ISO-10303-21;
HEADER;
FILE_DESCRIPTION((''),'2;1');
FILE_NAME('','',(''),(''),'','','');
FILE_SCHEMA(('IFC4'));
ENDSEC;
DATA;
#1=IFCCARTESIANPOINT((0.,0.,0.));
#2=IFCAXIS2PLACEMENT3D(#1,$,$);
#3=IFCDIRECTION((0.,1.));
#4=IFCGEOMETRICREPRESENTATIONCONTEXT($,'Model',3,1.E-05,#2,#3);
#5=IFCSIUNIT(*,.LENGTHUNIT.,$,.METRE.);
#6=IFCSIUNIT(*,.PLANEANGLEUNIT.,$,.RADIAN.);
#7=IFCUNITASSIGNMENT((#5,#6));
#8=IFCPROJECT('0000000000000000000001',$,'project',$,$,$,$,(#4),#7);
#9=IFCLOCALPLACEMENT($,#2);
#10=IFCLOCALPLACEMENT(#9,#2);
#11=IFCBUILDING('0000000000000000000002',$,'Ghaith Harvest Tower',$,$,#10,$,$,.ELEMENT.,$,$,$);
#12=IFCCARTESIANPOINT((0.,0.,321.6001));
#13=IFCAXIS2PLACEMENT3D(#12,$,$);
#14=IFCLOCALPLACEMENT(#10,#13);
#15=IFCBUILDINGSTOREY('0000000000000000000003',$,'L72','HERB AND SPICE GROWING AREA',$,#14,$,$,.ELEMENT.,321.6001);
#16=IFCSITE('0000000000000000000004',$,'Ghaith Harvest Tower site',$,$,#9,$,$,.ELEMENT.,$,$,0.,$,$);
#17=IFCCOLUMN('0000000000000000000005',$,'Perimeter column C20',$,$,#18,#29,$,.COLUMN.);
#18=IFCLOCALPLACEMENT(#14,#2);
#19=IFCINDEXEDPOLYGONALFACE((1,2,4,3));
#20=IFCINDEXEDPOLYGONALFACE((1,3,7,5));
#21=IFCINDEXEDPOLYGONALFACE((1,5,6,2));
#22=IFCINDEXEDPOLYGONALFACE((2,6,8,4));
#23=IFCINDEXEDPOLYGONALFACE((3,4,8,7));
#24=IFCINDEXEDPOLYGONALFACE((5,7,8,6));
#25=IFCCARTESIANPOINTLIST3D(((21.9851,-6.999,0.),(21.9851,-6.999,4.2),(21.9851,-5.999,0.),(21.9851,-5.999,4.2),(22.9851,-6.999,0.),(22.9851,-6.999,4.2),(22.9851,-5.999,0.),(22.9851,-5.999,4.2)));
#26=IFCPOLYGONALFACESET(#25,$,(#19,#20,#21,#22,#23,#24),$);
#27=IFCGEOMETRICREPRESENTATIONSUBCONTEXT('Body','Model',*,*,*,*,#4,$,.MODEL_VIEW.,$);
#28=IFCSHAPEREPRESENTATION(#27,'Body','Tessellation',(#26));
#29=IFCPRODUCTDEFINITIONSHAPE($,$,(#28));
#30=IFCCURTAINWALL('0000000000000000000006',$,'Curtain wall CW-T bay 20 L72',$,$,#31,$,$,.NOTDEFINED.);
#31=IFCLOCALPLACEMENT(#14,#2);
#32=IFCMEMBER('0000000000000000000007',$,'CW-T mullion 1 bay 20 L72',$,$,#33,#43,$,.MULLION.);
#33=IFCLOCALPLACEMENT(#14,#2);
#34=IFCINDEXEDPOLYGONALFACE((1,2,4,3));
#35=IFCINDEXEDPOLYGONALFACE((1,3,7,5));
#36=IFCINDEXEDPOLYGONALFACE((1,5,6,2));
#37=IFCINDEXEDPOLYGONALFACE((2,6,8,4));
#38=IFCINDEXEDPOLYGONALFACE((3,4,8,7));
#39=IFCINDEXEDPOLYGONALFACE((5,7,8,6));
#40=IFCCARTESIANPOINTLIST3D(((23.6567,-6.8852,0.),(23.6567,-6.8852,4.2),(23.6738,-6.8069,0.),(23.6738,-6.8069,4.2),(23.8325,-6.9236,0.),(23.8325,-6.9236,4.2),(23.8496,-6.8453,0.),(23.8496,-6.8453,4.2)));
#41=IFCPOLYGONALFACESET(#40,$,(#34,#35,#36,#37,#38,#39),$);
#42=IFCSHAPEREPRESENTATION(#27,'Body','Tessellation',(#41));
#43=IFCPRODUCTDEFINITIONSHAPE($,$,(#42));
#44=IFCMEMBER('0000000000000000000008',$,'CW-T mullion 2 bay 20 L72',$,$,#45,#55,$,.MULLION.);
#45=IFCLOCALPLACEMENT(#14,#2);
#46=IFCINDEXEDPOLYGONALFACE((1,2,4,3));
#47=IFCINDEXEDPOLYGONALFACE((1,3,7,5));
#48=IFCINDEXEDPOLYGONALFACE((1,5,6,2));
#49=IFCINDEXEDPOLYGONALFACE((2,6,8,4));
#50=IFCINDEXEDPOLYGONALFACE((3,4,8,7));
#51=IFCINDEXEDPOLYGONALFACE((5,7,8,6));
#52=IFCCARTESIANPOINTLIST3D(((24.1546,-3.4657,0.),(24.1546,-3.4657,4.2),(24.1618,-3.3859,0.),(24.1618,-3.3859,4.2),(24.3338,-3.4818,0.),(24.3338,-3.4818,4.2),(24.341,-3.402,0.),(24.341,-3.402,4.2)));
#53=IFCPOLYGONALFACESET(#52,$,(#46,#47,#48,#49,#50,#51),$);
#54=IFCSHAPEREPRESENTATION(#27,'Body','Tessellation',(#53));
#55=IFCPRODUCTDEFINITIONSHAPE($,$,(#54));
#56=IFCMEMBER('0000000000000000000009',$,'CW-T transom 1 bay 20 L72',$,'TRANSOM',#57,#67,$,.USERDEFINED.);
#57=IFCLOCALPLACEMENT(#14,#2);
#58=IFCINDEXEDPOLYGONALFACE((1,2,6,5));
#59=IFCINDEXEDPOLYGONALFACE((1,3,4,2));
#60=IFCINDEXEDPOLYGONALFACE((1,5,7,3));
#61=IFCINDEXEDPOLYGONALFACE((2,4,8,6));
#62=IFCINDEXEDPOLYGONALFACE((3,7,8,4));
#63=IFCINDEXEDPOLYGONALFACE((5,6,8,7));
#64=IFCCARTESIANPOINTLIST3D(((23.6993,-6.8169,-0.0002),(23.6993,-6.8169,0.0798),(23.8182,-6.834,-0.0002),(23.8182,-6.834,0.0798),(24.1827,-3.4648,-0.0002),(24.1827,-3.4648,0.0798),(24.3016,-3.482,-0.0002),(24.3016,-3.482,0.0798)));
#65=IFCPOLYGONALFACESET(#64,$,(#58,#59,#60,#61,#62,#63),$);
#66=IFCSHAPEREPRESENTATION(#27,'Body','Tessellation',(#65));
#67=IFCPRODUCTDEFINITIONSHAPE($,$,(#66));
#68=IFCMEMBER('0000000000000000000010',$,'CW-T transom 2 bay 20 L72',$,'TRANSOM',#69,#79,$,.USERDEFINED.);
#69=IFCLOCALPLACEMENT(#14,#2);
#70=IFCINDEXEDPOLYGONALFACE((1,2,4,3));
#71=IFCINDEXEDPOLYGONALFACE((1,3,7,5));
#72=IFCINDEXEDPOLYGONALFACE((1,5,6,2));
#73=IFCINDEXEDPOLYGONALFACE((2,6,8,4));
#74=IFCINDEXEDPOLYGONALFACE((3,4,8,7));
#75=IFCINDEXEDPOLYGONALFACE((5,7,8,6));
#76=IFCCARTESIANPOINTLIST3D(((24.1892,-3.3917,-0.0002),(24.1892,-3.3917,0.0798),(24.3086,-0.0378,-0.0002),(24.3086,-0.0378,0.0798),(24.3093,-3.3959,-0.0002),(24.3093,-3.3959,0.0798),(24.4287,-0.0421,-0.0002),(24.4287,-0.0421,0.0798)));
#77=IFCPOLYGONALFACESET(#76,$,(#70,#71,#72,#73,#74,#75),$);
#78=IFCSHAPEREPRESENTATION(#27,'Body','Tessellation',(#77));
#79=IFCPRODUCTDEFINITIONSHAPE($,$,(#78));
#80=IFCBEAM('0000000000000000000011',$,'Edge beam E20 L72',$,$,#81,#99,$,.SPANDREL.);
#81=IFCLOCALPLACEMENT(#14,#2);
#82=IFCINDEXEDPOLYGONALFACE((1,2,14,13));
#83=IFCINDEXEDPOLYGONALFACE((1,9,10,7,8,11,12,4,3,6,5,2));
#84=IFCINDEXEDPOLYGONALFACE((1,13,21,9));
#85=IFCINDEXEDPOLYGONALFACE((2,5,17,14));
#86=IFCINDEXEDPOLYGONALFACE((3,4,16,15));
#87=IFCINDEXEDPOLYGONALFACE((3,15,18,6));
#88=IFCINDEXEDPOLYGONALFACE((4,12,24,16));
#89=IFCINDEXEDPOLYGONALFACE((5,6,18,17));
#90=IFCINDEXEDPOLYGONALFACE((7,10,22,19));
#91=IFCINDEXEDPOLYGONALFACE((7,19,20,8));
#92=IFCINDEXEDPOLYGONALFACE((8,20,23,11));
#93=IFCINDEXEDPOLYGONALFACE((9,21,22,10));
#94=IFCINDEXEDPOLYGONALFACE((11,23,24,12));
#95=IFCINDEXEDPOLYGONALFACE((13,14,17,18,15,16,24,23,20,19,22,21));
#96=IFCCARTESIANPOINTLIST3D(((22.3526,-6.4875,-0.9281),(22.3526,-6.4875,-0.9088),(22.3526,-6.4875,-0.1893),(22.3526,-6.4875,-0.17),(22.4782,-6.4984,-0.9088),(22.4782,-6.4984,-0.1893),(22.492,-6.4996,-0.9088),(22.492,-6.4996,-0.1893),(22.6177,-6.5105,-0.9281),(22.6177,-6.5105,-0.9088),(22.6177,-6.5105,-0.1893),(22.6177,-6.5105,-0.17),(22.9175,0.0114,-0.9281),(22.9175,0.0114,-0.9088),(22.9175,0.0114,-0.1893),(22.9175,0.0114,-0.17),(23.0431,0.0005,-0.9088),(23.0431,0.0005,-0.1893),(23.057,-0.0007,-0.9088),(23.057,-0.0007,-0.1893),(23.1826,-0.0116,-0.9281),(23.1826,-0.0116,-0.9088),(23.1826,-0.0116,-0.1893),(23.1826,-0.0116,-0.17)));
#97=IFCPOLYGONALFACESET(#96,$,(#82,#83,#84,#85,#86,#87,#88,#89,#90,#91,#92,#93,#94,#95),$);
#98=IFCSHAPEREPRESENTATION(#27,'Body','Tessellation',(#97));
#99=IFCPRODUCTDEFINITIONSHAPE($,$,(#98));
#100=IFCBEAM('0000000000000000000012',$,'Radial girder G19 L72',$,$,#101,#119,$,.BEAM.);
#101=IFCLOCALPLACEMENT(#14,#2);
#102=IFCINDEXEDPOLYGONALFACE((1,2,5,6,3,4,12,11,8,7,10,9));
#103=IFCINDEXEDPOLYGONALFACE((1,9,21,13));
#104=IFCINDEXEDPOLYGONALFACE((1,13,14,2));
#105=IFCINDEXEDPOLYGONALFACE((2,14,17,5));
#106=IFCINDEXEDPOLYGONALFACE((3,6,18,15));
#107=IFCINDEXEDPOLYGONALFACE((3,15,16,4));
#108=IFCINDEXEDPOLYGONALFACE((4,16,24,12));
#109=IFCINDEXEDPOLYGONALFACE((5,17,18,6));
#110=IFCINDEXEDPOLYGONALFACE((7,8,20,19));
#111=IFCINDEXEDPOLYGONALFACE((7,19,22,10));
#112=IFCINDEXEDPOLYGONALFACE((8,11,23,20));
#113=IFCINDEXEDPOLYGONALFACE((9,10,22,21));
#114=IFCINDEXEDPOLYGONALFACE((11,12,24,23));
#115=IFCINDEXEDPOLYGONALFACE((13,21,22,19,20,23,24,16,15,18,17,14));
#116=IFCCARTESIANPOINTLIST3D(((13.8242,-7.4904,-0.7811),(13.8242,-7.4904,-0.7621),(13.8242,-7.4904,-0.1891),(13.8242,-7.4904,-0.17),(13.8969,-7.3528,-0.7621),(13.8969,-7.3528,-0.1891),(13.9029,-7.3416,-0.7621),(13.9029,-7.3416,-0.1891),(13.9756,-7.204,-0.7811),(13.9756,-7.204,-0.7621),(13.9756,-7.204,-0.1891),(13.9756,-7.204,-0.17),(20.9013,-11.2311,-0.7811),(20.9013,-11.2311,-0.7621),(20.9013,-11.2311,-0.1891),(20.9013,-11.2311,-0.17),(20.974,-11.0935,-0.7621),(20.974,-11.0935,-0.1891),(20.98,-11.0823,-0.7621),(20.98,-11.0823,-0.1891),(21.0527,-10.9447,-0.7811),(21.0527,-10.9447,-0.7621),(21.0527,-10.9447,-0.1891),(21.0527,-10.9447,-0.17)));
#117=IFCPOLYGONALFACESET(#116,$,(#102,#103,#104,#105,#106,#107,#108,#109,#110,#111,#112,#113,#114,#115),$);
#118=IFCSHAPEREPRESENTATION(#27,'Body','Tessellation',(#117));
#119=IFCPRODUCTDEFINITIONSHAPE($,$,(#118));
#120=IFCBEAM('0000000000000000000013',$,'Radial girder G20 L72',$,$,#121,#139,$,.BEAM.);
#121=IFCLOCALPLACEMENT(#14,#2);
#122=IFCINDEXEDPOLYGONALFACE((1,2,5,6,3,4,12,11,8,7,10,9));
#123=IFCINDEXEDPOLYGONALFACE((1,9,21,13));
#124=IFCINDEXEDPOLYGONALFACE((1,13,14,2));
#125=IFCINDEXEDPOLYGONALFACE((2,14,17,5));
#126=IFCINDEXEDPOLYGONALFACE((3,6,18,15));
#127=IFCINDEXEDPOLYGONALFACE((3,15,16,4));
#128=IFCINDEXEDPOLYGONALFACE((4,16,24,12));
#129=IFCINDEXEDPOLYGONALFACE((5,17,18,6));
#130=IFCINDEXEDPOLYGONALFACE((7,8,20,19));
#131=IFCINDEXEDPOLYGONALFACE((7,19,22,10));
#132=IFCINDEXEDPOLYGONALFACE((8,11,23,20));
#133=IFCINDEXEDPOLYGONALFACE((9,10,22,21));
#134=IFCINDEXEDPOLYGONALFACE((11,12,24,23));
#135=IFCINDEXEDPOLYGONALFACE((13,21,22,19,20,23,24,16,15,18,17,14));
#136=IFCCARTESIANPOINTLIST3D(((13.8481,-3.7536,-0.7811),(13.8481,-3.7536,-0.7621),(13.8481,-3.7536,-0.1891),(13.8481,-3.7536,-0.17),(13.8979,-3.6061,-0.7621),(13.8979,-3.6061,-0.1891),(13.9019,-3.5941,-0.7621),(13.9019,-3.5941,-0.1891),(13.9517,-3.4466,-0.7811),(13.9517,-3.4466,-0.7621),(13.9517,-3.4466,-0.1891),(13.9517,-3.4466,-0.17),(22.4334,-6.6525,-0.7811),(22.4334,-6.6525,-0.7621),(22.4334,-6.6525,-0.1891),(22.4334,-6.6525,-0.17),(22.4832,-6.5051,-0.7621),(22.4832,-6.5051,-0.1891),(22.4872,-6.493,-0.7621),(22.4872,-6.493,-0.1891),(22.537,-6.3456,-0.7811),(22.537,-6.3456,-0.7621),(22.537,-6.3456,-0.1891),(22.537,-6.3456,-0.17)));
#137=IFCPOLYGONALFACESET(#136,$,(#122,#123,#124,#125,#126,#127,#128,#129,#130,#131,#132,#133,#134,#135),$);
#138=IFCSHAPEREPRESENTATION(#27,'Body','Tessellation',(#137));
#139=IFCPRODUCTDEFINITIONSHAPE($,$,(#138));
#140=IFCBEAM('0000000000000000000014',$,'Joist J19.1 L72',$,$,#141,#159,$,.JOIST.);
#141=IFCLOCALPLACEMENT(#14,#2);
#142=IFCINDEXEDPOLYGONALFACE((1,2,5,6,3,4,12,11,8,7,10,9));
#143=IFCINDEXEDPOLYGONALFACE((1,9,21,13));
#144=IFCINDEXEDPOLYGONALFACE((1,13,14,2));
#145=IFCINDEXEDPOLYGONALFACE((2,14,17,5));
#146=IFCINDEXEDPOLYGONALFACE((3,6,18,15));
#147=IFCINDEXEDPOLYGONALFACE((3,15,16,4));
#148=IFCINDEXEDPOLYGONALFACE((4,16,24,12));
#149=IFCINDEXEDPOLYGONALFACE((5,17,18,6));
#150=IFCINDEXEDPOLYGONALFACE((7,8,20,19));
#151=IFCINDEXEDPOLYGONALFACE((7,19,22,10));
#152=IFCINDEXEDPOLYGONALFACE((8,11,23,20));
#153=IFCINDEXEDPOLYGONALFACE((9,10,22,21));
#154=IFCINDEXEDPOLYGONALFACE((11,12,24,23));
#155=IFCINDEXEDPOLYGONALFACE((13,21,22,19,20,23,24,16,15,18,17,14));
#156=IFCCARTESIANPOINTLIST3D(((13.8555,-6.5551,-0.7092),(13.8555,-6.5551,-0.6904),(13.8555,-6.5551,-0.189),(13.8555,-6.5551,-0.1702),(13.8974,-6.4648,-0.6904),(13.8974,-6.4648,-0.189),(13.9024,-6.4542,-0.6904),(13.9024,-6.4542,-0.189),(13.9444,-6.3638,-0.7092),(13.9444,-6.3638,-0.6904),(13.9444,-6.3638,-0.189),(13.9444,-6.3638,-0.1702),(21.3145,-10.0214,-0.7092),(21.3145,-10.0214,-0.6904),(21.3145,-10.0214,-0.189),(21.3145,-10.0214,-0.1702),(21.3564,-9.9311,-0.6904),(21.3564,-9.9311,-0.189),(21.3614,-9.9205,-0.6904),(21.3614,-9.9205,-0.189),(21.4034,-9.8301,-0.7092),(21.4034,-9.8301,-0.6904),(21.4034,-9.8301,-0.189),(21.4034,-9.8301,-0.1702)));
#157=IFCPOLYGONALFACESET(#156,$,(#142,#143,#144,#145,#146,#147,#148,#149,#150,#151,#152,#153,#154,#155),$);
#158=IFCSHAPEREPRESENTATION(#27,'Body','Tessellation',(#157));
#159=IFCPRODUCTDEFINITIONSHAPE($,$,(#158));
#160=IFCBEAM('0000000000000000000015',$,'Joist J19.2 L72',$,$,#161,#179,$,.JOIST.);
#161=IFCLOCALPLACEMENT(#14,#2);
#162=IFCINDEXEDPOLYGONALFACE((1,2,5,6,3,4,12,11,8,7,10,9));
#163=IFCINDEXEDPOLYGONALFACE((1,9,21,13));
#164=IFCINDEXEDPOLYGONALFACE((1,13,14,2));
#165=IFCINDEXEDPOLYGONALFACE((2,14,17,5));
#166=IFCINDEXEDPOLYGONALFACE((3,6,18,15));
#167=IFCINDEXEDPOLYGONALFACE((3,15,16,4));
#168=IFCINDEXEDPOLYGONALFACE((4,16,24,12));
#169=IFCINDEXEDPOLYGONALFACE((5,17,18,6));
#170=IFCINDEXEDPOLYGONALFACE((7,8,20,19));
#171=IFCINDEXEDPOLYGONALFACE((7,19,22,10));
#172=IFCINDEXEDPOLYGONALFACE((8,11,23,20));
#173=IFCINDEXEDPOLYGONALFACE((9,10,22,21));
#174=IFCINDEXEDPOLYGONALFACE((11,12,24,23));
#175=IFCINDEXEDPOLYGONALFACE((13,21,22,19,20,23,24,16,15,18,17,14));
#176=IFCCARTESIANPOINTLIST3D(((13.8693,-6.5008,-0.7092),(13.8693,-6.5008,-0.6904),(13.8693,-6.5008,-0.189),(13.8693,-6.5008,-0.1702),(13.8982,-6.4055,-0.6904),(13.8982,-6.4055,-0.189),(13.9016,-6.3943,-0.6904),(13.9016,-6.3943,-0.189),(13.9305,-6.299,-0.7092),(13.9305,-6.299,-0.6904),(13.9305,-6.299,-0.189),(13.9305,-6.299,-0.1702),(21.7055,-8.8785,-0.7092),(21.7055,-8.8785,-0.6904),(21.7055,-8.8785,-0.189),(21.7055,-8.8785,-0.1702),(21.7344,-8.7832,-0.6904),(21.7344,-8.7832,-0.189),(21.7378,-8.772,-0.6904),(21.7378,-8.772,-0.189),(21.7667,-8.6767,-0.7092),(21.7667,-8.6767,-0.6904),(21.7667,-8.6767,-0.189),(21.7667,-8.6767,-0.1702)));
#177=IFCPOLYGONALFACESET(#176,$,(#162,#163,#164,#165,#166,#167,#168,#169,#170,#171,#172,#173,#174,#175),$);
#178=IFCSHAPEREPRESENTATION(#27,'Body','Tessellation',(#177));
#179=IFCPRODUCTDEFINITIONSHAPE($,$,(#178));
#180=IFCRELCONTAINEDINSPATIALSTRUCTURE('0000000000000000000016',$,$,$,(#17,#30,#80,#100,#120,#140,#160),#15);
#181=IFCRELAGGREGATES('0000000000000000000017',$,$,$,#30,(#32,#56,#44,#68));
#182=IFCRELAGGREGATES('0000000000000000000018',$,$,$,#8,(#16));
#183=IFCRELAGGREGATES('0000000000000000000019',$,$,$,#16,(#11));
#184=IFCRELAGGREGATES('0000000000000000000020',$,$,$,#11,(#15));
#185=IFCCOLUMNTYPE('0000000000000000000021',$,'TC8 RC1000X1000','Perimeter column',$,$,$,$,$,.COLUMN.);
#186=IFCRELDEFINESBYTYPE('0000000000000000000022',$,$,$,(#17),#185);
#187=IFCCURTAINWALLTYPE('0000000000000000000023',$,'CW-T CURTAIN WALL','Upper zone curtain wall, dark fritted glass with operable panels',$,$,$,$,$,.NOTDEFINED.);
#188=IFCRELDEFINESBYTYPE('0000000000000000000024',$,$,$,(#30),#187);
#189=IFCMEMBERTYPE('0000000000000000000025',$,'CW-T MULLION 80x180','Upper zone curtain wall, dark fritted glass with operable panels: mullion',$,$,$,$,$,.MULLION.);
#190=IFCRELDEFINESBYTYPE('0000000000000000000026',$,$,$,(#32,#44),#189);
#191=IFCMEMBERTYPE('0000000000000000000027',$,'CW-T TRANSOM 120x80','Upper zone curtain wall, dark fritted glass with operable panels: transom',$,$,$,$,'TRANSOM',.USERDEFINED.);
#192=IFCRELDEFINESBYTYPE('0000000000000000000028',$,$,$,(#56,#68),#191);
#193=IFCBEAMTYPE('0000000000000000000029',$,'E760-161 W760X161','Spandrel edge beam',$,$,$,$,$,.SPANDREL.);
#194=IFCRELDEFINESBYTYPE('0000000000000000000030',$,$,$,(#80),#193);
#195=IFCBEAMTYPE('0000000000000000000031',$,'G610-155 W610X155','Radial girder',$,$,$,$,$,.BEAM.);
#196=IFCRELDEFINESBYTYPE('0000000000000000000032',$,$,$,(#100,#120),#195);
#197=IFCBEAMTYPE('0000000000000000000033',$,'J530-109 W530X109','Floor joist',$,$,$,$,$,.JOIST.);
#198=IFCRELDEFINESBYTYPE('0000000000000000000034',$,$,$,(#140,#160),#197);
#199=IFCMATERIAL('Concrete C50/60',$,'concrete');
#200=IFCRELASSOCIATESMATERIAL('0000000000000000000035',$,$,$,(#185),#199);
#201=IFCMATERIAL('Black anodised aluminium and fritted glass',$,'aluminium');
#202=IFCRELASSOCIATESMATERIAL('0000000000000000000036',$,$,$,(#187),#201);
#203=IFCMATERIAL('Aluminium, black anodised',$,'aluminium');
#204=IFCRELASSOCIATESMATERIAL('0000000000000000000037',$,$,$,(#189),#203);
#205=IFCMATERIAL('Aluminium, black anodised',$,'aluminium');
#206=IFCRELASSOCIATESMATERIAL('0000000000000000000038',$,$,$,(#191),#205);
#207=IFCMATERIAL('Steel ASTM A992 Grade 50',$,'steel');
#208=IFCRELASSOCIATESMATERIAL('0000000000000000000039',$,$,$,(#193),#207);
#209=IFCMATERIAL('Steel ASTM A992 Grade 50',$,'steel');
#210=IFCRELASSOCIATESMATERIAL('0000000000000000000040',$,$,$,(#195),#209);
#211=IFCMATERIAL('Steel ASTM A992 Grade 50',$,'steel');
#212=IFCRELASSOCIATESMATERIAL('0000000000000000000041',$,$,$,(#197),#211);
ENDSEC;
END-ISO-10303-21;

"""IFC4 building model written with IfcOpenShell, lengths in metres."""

from ifc_helpers import new_model, si_unit, direction, frame, origin, origin_2d, place, context, subcontext, project, spatial, rectangle, i_section, extrude, material, material_profile, profile_set, type_object, element, aggregate, save


model = new_model("IFC4")

# Units and contexts
model_context = context("Model", 3, precision=1e-05, world=origin(), true_north=direction((0.0, 1.0)))
body_context = subcontext(model_context, "Body", "Model", "MODEL_VIEW")
ifc_project = project(units=[si_unit("LENGTHUNIT", "METRE"), si_unit("PLANEANGLEUNIT", "RADIAN")], contexts=[model_context])

# Site, building, storey
site_placement = place(None, origin())
site = spatial("IfcSite", under=ifc_project, at=site_placement, Name="Ghaith Harvest Tower site", CompositionType="ELEMENT", RefElevation=0.0)
building_placement = place(site_placement, origin())
building = spatial("IfcBuilding", under=site, at=building_placement, Name="Ghaith Harvest Tower", CompositionType="ELEMENT")
storey_placement = place(building_placement, frame((0.0, 0.0, 321.6001)))
storey = spatial("IfcBuildingStorey", under=building, at=storey_placement, Name="L72", Description="HERB AND SPICE GROWING AREA", CompositionType="ELEMENT", Elevation=321.6001)

# Column
ifc_material_1 = material(Name="Concrete C50/60", Category="concrete")
ifc_material_profile_1 = material_profile(ifc_material_1, rectangle(XDim=1.0, YDim=1.0, at=origin_2d()), Name="RC1000X1000")
ifc_profile_set_1 = profile_set([ifc_material_profile_1], Name="Concrete C50/60")
column_type = type_object("IfcColumnType", Name="TC8 RC1000X1000", Description="Perimeter column", PredefinedType="COLUMN", material=ifc_profile_set_1)
column_placement = place(storey_placement, frame((22.4851, -6.499, 0.0), z_axis=(0.0, 0.0, 1.0), x_axis=(1.0, 0.0, 0.0)))
element("IfcColumn", 1, at=column_placement, inside=storey, type_object=column_type, Name="Perimeter column C20", PredefinedType="COLUMN", context=body_context, shape_type="SweptSolid", body=[
    extrude(rectangle(XDim=1.0, YDim=1.0, at=origin_2d()), origin(), (0.0, 0.0, 1.0), 4.2),
])

# Curtain wall, members
ifc_material_2 = material(Name="Black anodised aluminium and fritted glass", Category="aluminium")
curtain_wall_type = type_object("IfcCurtainWallType", Name="CW-T CURTAIN WALL", Description="Upper zone curtain wall, dark fritted glass with operable panels", PredefinedType="NOTDEFINED", material=ifc_material_2)
curtain_wall_1_placement = place(storey_placement, origin())
curtain_wall_1 = element("IfcCurtainWall", 2, at=curtain_wall_1_placement, inside=storey, type_object=curtain_wall_type, Name="Curtain wall CW-T bay 20 L72", PredefinedType="NOTDEFINED")
ifc_material_3 = material(Name="Aluminium, black anodised", Category="aluminium")
ifc_material_profile_2 = material_profile(ifc_material_3, rectangle(XDim=0.0801, YDim=0.1799, at=origin_2d()), Name="CW-T MULLION 80x180")
ifc_profile_set_2 = profile_set([ifc_material_profile_2], Name="Aluminium, black anodised")
member_type_1 = type_object("IfcMemberType", Name="CW-T MULLION 80x180", Description="Upper zone curtain wall, dark fritted glass with operable panels: mullion", PredefinedType="MULLION", material=ifc_profile_set_2)
member_1_placement = place(storey_placement, frame((23.7532, -6.8652, 0.0), z_axis=(0.0, 0.0, 1.0), x_axis=(0.213402, 0.976964, 0.0)))
member_1 = element("IfcMember", 3, at=member_1_placement, type_object=member_type_1, Name="CW-T mullion 1 bay 20 L72", PredefinedType="MULLION", context=body_context, shape_type="SweptSolid", body=[
    extrude(rectangle(XDim=0.0801, YDim=0.1799, at=origin_2d()), origin(), (0.0, 0.0, 1.0), 4.2),
])
member_2_placement = place(storey_placement, frame((24.2478, -3.4338, 0.0), z_axis=(0.0, 0.0, 1.0), x_axis=(0.089502, 0.995987, 0.0)))
member_2 = element("IfcMember", 4, at=member_2_placement, type_object=member_type_1, Name="CW-T mullion 2 bay 20 L72", PredefinedType="MULLION", context=body_context, shape_type="SweptSolid", body=[
    extrude(rectangle(XDim=0.0801, YDim=0.1799, at=origin_2d()), origin(), (0.0, 0.0, 1.0), 4.2),
])
ifc_material_4 = material(Name="Aluminium, black anodised", Category="aluminium")
ifc_material_profile_3 = material_profile(ifc_material_4, rectangle(XDim=0.1201, YDim=0.0801, at=origin_2d()), Name="CW-T TRANSOM 120x80")
ifc_profile_set_3 = profile_set([ifc_material_profile_3], Name="Aluminium, black anodised")
member_type_2 = type_object("IfcMemberType", Name="CW-T TRANSOM 120x80", Description="Upper zone curtain wall, dark fritted glass with operable panels: transom", ElementType="TRANSOM", PredefinedType="USERDEFINED", material=ifc_profile_set_3)
member_3_placement = place(storey_placement, frame((23.7588, -6.8254, 0.0398), z_axis=(0.142733, 0.989761, 0.0), x_axis=(-0.989761, 0.142733, 0.0)))
member_3 = element("IfcMember", 5, at=member_3_placement, type_object=member_type_2, Name="CW-T transom 1 bay 20 L72", ObjectType="TRANSOM", PredefinedType="USERDEFINED", context=body_context, shape_type="SweptSolid", body=[
    extrude(rectangle(XDim=0.1201, YDim=0.0801, at=origin_2d()), origin(), (0.0, 0.0, 1.0), 3.3867),
])
member_4_placement = place(storey_placement, frame((24.2493, -3.3938, 0.0398), z_axis=(0.035575, 0.999367, 0.0), x_axis=(-0.999367, 0.035575, 0.0)))
member_4 = element("IfcMember", 6, at=member_4_placement, type_object=member_type_2, Name="CW-T transom 2 bay 20 L72", ObjectType="TRANSOM", PredefinedType="USERDEFINED", context=body_context, shape_type="SweptSolid", body=[
    extrude(rectangle(XDim=0.1201, YDim=0.0801, at=origin_2d()), origin(), (0.0, 0.0, 1.0), 3.356),
])

# Beams
ifc_material_5 = material(Name="Steel ASTM A992 Grade 50", Category="steel")
ifc_material_profile_4 = material_profile(ifc_material_5, i_section(OverallWidth=0.2661, OverallDepth=0.7581, WebThickness=0.0139, FlangeThickness=0.0193, at=origin_2d()), Name="W760X161")
ifc_profile_set_4 = profile_set([ifc_material_profile_4], Name="Steel ASTM A992 Grade 50")
beam_type_1 = type_object("IfcBeamType", Name="E760-161 W760X161", Description="Spandrel edge beam", PredefinedType="SPANDREL", material=ifc_profile_set_4)
beam_1_placement = place(storey_placement, frame((22.4851, -6.499, -0.5491), z_axis=(0.086601, 0.996243, 0.0), x_axis=(-0.996243, 0.086601, 0.0)))
element("IfcBeam", 7, at=beam_1_placement, inside=storey, type_object=beam_type_1, Name="Edge beam E20 L72", PredefinedType="SPANDREL", context=body_context, shape_type="SweptSolid", body=[
    extrude(i_section(OverallWidth=0.2661, OverallDepth=0.7581, WebThickness=0.0139, FlangeThickness=0.0193, at=origin_2d()), origin(), (0.0, 0.0, 1.0), 6.5234),
])
ifc_material_6 = material(Name="Steel ASTM A992 Grade 50", Category="steel")
ifc_material_profile_5 = material_profile(ifc_material_6, i_section(OverallWidth=0.324, OverallDepth=0.6111, WebThickness=0.0127, FlangeThickness=0.019, at=origin_2d()), Name="W610X155")
ifc_profile_set_5 = profile_set([ifc_material_profile_5], Name="Steel ASTM A992 Grade 50")
beam_type_2 = type_object("IfcBeamType", Name="G610-155 W610X155", Description="Radial girder", PredefinedType="BEAM", material=ifc_profile_set_5)
beam_2_placement = place(storey_placement, frame((13.8999, -7.3472, -0.4756), z_axis=(0.884098, -0.467302, 0.0), x_axis=(0.467302, 0.884098, 0.0)))
element("IfcBeam", 8, at=beam_2_placement, inside=storey, type_object=beam_type_2, Name="Radial girder G19 L72", PredefinedType="BEAM", context=body_context, shape_type="SweptSolid", body=[
    extrude(i_section(OverallWidth=0.324, OverallDepth=0.6111, WebThickness=0.0127, FlangeThickness=0.019, at=origin_2d()), origin(), (0.0, 0.0, 1.0), 8.0049),
])
beam_3_placement = place(storey_placement, frame((13.8999, -3.6001, -0.4756), z_axis=(0.947445, -0.319919, 0.0), x_axis=(0.319919, 0.947445, 0.0)))
element("IfcBeam", 9, at=beam_3_placement, inside=storey, type_object=beam_type_2, Name="Radial girder G20 L72", PredefinedType="BEAM", context=body_context, shape_type="SweptSolid", body=[
    extrude(i_section(OverallWidth=0.324, OverallDepth=0.6111, WebThickness=0.0127, FlangeThickness=0.019, at=origin_2d()), origin(), (0.0, 0.0, 1.0), 9.0615),
])
ifc_material_7 = material(Name="Steel ASTM A992 Grade 50", Category="steel")
ifc_material_profile_6 = material_profile(ifc_material_7, i_section(OverallWidth=0.2109, OverallDepth=0.5391, WebThickness=0.0117, FlangeThickness=0.0188, at=origin_2d()), Name="W530X109")
ifc_profile_set_6 = profile_set([ifc_material_profile_6], Name="Steel ASTM A992 Grade 50")
beam_type_3 = type_object("IfcBeamType", Name="J530-109 W530X109", Description="Floor joist", PredefinedType="JOIST", material=ifc_profile_set_6)
beam_4_placement = place(storey_placement, frame((13.8999, -6.4595, -0.4397), z_axis=(0.90686, -0.421432, 0.0), x_axis=(0.421432, 0.90686, 0.0)))
element("IfcBeam", 10, at=beam_4_placement, inside=storey, type_object=beam_type_3, Name="Joist J19.1 L72", PredefinedType="JOIST", context=body_context, shape_type="SweptSolid", body=[
    extrude(i_section(OverallWidth=0.2109, OverallDepth=0.5391, WebThickness=0.0117, FlangeThickness=0.0188, at=origin_2d()), origin(), (0.0, 0.0, 1.0), 8.2251),
])
beam_5_placement = place(storey_placement, frame((13.8999, -6.3999, -0.4397), z_axis=(0.95692, -0.290352, 0.0), x_axis=(0.290352, 0.95692, 0.0)))
element("IfcBeam", 11, at=beam_5_placement, inside=storey, type_object=beam_type_3, Name="Joist J19.2 L72", PredefinedType="JOIST", context=body_context, shape_type="SweptSolid", body=[
    extrude(i_section(OverallWidth=0.2109, OverallDepth=0.5391, WebThickness=0.0117, FlangeThickness=0.0188, at=origin_2d()), origin(), (0.0, 0.0, 1.0), 8.189),
])

aggregate(curtain_wall_1, [member_1, member_3, member_2, member_4])

save(model, "model.ifc")
